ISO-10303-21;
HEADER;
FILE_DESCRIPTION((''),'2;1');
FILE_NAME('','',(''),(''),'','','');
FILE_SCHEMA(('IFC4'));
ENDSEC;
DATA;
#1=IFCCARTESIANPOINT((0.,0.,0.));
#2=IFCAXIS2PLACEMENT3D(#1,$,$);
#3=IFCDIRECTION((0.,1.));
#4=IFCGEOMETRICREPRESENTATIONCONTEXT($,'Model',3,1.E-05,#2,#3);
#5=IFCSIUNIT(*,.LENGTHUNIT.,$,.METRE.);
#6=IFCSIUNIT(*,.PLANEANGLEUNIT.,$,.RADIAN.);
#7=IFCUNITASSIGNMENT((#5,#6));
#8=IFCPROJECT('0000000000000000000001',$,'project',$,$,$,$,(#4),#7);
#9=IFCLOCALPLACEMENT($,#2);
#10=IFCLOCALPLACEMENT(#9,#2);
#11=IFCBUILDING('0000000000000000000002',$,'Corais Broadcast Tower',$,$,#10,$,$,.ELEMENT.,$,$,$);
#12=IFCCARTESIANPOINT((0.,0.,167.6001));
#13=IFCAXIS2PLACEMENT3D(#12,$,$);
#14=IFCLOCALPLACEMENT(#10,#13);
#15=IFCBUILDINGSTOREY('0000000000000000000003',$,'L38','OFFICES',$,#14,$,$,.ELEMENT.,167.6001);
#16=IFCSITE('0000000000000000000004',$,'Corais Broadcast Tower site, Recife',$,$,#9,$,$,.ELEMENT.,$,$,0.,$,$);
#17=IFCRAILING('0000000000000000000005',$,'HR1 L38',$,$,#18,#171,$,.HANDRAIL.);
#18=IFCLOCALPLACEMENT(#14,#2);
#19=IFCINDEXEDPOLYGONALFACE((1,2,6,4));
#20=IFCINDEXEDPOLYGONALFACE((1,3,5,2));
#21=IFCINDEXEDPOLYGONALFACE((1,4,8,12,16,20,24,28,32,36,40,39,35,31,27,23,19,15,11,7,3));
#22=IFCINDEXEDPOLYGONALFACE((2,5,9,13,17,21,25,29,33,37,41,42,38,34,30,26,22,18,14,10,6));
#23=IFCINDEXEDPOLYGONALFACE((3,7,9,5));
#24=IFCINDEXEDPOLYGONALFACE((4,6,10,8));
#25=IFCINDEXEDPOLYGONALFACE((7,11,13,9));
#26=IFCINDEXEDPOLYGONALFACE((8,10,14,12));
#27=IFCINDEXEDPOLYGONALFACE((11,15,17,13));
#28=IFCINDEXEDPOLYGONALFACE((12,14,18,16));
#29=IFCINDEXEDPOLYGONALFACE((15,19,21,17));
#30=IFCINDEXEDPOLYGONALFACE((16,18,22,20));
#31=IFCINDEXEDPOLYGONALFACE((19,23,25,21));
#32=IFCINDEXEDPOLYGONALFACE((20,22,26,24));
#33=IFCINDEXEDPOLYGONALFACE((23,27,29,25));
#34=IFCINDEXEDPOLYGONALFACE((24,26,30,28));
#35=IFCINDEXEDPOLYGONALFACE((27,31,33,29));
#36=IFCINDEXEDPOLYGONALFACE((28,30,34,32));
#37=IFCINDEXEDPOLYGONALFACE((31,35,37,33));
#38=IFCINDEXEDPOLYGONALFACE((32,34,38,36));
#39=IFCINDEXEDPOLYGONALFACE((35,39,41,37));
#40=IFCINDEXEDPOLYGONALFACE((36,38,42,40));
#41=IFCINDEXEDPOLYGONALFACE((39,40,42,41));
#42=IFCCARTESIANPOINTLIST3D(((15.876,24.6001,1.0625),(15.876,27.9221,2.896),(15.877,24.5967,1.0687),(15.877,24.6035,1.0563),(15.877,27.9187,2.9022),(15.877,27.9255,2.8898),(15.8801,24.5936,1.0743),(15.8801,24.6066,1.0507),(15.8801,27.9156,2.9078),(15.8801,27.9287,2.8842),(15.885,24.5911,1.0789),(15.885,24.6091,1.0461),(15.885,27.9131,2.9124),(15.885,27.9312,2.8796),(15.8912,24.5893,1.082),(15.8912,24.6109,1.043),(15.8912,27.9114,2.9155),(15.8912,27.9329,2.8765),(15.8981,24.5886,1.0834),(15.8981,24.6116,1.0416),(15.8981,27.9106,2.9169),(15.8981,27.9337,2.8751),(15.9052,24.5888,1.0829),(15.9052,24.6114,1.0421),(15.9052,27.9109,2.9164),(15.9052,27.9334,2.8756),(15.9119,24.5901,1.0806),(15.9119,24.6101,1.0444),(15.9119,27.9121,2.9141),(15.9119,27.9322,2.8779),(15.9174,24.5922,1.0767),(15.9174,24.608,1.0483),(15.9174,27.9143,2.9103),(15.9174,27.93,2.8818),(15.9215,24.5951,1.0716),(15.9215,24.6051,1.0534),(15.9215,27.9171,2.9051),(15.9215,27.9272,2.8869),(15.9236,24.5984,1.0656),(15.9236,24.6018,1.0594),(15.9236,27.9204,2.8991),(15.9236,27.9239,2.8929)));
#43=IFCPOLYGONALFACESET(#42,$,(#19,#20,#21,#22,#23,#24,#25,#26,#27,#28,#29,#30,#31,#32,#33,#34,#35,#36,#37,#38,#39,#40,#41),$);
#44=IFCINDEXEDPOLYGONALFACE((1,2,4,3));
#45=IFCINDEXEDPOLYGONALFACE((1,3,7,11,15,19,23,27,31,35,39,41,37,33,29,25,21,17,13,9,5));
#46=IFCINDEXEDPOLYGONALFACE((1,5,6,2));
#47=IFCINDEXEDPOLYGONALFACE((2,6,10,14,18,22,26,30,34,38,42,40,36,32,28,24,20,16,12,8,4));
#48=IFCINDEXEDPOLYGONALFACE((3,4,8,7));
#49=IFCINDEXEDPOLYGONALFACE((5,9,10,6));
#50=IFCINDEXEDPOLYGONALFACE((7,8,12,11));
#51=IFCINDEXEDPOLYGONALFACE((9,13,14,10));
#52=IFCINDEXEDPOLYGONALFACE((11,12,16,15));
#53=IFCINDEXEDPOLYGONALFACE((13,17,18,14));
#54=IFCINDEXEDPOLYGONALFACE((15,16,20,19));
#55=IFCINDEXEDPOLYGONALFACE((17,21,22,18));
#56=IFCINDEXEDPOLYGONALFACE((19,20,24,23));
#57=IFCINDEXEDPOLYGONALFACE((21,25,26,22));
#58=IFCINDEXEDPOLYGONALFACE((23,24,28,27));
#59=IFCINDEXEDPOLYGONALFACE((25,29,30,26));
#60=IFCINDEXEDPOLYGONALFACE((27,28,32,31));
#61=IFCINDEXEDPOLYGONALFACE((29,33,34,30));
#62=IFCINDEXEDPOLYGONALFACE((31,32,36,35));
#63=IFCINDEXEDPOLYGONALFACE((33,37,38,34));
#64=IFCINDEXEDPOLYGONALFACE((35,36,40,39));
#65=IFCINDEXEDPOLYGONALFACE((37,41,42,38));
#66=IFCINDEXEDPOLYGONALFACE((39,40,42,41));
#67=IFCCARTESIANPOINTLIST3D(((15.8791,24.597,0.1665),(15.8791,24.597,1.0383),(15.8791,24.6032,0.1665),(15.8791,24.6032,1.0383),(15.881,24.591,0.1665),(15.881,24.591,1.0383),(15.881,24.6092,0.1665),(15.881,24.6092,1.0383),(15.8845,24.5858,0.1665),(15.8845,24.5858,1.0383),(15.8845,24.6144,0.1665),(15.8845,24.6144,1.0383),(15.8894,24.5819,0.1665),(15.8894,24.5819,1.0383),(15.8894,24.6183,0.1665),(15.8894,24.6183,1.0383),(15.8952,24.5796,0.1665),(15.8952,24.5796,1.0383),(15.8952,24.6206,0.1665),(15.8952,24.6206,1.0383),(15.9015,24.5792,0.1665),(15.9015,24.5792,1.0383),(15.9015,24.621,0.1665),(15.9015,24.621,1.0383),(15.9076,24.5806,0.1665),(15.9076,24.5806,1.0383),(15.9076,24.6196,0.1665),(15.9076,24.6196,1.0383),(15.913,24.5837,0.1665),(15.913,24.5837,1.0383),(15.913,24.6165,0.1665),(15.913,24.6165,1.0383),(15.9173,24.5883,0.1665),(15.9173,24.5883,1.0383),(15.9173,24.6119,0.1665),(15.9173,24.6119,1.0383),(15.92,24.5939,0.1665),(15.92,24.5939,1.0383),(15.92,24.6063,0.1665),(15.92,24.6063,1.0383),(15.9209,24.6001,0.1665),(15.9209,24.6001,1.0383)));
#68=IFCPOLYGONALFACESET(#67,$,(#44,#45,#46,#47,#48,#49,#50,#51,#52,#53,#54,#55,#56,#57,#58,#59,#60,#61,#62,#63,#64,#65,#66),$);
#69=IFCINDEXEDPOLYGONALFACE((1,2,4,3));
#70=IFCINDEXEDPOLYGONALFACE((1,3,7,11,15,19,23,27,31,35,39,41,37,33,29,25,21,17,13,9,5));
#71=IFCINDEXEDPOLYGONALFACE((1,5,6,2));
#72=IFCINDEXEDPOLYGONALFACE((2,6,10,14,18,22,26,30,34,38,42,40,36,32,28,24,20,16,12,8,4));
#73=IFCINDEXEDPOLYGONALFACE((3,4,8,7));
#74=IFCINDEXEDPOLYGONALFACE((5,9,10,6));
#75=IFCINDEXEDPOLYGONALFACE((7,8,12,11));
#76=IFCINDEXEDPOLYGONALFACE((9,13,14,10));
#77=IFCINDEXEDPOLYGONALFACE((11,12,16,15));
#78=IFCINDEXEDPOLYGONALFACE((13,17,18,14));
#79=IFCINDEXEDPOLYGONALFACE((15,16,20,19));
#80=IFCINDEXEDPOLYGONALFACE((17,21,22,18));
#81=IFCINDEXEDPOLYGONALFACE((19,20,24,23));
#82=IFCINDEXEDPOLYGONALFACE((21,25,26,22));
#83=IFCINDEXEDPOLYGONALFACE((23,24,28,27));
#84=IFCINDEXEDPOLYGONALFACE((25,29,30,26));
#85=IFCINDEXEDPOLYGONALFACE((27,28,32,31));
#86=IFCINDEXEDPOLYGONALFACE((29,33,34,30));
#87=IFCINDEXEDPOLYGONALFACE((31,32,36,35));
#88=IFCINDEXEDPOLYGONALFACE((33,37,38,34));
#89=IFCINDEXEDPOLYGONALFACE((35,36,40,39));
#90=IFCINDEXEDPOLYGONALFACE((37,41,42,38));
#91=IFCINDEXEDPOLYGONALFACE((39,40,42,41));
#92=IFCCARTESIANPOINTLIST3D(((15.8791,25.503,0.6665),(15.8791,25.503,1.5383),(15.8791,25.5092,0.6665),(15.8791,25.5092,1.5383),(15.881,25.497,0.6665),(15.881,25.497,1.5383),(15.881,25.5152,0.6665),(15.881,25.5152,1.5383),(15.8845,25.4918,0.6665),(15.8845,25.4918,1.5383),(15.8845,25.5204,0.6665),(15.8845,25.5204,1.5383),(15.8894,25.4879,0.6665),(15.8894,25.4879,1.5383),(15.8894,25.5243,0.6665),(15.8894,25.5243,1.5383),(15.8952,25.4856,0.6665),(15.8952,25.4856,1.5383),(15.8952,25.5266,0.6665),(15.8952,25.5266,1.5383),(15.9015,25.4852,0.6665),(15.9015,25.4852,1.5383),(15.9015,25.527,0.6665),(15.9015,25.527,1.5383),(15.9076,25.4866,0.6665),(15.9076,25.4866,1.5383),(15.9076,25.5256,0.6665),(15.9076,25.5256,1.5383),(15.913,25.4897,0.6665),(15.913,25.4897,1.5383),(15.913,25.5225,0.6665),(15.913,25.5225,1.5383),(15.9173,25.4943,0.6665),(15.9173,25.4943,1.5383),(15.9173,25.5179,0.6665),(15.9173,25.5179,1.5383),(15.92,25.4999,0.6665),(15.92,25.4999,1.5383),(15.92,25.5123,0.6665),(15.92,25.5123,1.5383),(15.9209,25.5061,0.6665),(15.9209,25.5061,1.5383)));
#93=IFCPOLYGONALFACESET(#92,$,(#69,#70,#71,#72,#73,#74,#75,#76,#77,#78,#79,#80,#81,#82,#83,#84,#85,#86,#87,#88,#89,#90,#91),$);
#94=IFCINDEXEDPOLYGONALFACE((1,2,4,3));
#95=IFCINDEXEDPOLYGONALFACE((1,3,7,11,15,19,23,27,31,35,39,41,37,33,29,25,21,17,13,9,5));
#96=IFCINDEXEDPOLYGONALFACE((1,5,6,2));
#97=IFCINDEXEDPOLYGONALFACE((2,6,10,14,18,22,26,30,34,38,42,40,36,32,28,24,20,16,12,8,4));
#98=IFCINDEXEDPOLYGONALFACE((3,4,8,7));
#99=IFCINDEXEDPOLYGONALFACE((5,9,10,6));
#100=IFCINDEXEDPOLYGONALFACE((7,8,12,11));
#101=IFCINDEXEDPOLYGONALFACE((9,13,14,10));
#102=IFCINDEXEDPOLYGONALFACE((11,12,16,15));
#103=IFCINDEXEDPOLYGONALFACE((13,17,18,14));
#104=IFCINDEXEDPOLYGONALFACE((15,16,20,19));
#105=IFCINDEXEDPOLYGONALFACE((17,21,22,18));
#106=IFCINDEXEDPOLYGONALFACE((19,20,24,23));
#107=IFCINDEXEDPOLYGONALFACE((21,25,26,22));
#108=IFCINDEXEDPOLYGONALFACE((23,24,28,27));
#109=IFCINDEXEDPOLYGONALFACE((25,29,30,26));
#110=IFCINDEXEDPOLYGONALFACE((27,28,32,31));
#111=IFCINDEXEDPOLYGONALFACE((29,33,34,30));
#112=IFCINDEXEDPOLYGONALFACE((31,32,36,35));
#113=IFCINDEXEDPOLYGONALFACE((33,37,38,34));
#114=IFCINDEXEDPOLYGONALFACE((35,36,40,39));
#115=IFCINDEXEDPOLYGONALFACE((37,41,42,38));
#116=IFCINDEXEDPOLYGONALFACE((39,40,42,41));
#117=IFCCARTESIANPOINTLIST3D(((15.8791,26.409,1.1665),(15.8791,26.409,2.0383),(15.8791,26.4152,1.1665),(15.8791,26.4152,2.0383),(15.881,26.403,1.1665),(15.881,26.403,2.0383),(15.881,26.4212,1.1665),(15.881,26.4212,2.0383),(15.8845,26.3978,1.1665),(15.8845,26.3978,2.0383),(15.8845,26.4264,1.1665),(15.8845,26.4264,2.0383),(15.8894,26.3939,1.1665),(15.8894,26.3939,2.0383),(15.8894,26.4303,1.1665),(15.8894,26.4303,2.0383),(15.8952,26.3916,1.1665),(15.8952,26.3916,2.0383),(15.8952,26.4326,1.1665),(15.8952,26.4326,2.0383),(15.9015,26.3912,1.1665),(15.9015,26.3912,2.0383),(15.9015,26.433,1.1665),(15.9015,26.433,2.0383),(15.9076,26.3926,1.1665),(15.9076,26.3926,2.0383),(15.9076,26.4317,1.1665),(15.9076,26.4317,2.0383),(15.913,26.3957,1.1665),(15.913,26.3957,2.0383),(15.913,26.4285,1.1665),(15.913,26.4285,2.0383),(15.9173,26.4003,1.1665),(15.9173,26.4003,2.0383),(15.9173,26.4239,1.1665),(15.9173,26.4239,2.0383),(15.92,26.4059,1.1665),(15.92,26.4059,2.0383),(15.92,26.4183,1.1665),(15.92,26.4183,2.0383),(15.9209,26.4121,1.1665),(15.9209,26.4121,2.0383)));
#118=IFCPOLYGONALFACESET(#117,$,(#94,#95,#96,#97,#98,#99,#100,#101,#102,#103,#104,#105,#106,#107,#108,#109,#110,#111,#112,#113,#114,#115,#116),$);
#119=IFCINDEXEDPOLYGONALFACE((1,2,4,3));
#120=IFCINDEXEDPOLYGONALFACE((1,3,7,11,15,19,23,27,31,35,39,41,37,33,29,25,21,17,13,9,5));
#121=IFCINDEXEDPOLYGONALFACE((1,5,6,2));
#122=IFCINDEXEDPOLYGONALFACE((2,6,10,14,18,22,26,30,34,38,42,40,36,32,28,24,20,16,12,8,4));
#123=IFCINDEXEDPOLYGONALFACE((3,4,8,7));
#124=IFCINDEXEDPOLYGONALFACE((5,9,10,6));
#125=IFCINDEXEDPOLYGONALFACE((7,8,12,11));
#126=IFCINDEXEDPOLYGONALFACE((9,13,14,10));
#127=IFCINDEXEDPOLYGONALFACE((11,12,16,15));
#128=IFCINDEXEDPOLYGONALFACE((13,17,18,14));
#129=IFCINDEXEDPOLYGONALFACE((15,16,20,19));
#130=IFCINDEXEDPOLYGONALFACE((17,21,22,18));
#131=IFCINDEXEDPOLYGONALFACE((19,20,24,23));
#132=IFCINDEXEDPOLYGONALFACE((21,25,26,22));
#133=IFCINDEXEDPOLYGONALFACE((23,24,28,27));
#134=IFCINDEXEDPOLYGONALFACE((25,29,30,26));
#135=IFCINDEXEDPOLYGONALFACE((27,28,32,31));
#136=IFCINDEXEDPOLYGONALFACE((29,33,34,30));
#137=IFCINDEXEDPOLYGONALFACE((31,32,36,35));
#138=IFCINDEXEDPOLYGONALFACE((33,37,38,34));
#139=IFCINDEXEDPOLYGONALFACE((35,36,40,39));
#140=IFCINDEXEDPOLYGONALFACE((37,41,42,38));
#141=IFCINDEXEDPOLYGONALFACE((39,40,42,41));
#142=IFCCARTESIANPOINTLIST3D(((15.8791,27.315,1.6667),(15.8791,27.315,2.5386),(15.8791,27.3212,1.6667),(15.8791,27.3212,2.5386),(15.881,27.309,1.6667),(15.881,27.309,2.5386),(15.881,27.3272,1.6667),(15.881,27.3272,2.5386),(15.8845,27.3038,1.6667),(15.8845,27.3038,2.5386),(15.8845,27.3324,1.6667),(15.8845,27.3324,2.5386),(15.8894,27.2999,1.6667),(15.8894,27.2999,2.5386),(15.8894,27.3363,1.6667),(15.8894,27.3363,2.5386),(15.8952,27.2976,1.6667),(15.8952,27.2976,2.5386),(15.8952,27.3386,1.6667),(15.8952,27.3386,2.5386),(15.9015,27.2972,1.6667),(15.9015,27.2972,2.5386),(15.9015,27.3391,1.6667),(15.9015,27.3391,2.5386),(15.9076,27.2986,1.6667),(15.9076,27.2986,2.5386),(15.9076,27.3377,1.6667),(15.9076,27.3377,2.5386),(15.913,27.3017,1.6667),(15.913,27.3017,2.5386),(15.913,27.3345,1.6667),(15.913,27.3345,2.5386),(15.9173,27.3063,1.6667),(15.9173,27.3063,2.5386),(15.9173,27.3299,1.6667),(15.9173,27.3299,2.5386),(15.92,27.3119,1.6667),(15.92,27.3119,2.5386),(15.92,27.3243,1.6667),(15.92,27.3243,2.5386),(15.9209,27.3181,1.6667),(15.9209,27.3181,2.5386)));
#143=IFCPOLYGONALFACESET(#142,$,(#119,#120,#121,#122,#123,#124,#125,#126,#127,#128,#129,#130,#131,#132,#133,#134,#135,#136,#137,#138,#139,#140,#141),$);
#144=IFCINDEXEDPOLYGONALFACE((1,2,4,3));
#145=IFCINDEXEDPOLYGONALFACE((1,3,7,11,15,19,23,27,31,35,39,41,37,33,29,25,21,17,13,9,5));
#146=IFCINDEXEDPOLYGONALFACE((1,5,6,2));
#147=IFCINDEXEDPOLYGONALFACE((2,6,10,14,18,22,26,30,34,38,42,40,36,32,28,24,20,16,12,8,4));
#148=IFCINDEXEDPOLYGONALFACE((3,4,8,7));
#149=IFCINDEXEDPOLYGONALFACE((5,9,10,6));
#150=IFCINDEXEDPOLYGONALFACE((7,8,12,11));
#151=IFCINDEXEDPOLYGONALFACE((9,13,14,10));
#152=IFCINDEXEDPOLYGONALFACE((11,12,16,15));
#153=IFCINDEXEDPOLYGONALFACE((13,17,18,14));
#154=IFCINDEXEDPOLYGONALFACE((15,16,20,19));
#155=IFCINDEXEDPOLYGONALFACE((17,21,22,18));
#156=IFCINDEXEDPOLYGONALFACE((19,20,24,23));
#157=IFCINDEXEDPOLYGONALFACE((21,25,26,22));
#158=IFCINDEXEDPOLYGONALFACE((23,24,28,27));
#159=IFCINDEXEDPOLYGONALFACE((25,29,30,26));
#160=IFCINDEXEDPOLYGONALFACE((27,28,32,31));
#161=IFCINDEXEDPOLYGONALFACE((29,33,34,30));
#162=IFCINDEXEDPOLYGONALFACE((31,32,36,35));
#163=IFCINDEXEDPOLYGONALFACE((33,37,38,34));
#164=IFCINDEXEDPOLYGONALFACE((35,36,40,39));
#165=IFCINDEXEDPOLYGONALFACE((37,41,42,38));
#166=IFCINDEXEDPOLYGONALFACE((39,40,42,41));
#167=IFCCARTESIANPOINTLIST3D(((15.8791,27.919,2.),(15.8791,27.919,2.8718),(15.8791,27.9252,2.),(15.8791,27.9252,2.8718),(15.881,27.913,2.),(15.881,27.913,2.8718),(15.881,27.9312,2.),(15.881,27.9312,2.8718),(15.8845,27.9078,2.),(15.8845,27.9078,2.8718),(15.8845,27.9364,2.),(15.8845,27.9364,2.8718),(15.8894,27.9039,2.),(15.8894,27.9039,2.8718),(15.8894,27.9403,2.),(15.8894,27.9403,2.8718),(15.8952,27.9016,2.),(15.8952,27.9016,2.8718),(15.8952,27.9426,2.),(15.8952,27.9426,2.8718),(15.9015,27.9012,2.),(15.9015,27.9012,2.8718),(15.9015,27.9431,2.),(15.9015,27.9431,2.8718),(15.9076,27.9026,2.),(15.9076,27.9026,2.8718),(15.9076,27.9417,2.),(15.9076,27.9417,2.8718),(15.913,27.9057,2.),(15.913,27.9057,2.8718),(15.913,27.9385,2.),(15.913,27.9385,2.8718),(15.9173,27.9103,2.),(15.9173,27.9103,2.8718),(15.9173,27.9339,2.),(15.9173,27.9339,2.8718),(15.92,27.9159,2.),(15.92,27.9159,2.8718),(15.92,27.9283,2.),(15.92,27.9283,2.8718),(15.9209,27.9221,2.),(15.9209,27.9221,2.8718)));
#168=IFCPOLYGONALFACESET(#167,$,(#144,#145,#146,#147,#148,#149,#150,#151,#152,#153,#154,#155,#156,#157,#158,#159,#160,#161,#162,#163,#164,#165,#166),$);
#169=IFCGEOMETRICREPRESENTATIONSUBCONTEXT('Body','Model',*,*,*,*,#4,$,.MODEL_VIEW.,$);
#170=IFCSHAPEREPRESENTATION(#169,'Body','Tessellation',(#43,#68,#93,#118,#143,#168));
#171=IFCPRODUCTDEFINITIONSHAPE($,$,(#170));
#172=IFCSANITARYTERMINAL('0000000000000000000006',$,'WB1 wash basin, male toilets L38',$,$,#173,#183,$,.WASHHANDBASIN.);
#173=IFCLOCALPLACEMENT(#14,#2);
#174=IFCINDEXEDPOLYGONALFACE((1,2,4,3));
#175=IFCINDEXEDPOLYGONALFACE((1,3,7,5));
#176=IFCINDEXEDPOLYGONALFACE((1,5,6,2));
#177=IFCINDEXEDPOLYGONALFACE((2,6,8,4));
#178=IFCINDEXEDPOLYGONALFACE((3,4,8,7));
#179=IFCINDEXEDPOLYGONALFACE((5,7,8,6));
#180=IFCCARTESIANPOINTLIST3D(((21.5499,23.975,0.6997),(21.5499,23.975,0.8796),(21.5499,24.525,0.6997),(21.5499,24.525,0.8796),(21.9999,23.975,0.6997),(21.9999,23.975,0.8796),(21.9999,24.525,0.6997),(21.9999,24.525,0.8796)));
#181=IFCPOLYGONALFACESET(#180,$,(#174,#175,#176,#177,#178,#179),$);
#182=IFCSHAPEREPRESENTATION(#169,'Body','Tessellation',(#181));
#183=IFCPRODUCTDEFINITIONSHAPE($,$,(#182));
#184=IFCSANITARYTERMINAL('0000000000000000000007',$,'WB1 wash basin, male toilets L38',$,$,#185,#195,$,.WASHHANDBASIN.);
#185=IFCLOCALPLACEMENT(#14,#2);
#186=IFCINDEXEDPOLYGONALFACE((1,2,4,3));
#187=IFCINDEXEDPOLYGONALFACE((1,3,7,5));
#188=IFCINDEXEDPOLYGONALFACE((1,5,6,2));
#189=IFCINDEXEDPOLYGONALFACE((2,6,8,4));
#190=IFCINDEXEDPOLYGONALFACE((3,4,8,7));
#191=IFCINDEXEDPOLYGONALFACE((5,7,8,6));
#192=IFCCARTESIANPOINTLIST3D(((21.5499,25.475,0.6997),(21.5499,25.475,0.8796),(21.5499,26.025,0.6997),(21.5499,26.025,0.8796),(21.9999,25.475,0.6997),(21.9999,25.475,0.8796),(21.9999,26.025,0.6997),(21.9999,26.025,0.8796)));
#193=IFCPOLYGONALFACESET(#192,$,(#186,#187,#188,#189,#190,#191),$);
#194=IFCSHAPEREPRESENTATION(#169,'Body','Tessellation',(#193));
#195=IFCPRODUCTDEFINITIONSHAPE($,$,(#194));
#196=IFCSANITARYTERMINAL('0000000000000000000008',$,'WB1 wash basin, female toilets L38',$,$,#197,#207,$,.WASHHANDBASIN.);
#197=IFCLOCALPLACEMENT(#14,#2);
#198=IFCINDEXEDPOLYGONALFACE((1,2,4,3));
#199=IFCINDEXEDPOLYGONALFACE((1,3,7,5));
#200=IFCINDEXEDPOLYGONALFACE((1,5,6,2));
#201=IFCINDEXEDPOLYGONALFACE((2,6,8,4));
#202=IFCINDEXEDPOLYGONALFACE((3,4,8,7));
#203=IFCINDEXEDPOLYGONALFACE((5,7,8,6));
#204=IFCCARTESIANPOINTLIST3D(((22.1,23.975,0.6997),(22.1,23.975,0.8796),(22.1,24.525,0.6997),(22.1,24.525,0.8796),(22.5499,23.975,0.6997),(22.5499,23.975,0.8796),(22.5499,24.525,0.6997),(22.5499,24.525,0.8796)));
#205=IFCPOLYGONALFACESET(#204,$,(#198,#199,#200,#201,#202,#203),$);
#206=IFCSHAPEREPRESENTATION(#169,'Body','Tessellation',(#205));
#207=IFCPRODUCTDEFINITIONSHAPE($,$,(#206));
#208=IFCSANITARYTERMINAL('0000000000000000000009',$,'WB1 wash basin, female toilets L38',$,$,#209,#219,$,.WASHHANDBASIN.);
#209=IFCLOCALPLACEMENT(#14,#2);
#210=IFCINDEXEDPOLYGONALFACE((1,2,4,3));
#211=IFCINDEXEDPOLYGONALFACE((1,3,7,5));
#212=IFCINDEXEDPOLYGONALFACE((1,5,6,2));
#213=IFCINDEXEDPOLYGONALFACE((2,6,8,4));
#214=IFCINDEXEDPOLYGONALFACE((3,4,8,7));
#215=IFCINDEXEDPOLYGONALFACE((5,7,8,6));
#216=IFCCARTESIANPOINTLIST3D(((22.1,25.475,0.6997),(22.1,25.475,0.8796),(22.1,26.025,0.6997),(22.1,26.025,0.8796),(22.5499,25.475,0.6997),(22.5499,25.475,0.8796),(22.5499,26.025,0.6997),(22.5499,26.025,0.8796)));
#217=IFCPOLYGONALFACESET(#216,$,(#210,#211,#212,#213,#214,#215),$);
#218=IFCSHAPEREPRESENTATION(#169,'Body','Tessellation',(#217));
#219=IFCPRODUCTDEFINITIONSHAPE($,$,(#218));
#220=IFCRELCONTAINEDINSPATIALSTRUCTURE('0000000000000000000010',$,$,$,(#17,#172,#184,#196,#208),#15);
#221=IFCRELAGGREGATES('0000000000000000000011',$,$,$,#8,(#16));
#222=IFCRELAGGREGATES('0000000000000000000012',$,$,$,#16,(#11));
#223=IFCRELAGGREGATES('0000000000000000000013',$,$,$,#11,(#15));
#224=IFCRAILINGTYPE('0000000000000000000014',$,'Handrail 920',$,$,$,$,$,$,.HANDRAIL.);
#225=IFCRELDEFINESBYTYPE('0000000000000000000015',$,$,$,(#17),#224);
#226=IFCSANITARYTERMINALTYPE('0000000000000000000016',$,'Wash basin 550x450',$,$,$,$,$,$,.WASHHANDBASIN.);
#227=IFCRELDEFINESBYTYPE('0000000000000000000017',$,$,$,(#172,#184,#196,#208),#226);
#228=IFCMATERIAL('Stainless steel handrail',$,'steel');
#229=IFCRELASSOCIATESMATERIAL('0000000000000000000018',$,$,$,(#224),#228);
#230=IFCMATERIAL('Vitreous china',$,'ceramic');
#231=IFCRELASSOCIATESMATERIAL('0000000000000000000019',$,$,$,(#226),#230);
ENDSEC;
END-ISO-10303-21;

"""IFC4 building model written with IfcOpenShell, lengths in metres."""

from ifc_helpers import new_model, si_unit, direction, frame, origin, origin_2d, place, context, subcontext, project, spatial, rectangle, circle, extrude, material, type_object, element, save


model = new_model("IFC4")

# Units and contexts
model_context = context("Model", 3, precision=1e-05, world=origin(), true_north=direction((0.0, 1.0)))
body_context = subcontext(model_context, "Body", "Model", "MODEL_VIEW")
ifc_project = project(units=[si_unit("LENGTHUNIT", "METRE"), si_unit("PLANEANGLEUNIT", "RADIAN")], contexts=[model_context])

# Site, building, storey
site_placement = place(None, origin())
site = spatial("IfcSite", under=ifc_project, at=site_placement, Name="Corais Broadcast Tower site, Recife", CompositionType="ELEMENT", RefElevation=0.0)
building_placement = place(site_placement, origin())
building = spatial("IfcBuilding", under=site, at=building_placement, Name="Corais Broadcast Tower", CompositionType="ELEMENT")
storey_placement = place(building_placement, frame((0.0, 0.0, 167.6001)))
storey = spatial("IfcBuildingStorey", under=building, at=storey_placement, Name="L38", Description="OFFICES", CompositionType="ELEMENT", Elevation=167.6001)

# Railing
ifc_material_1 = material(Name="Stainless steel handrail", Category="steel")
railing_type = type_object("IfcRailingType", Name="Handrail 920", PredefinedType="HANDRAIL", material=ifc_material_1)
for number, where, name in (
    (1, (15.8999, 24.6001, 0.1665), "HR1 L38"),
):
    element("IfcRailing", number, at=place(storey_placement, frame(where)), inside=storey, type_object=railing_type, Name=name, PredefinedType="HANDRAIL", context=body_context, shape_type="SweptSolid", body=[
        extrude(circle(Radius=0.0239, at=origin_2d()), frame((0.0, 0.0, 0.896), z_axis=(0.0, 0.875504, 0.48321), x_axis=(-1.0, 0.0, 0.0)), (0.0, 0.0, 1.0), 3.7944),
        extrude(circle(Radius=0.021, at=origin_2d()), origin(), (0.0, 0.0, 1.0), 0.8718),
        extrude(circle(Radius=0.021, at=origin_2d()), frame((0.0, 0.906, 0.5)), (0.0, 0.0, 1.0), 0.8718),
        extrude(circle(Radius=0.021, at=origin_2d()), frame((0.0, 1.812, 1.0)), (0.0, 0.0, 1.0), 0.8718),
        extrude(circle(Radius=0.021, at=origin_2d()), frame((0.0, 2.718, 1.5002)), (0.0, 0.0, 1.0), 0.8718),
        extrude(circle(Radius=0.021, at=origin_2d()), frame((0.0, 3.322, 1.8335)), (0.0, 0.0, 1.0), 0.8718),
    ])

# Sanitary terminals
ifc_material_2 = material(Name="Vitreous china", Category="ceramic")
sanitary_terminal_type = type_object("IfcSanitaryTerminalType", Name="Wash basin 550x450", PredefinedType="WASHHANDBASIN", material=ifc_material_2)
for number, where, z_axis, x_axis, name in (
    (2, (21.7749, 24.25, 0.6997), (0.0, 0.0, 1.0), (1.0, 0.0, 0.0), "WB1 wash basin, male toilets L38"),
    (3, (21.7749, 25.75, 0.6997), (0.0, 0.0, 1.0), (1.0, 0.0, 0.0), "WB1 wash basin, male toilets L38"),
    (4, (22.325, 24.25, 0.6997), (0.0, 0.0, 1.0), (1.0, 0.0, 0.0), "WB1 wash basin, female toilets L38"),
    (5, (22.325, 25.75, 0.6997), (0.0, 0.0, 1.0), (1.0, 0.0, 0.0), "WB1 wash basin, female toilets L38"),
):
    element("IfcSanitaryTerminal", number, at=place(storey_placement, frame(where, z_axis=z_axis, x_axis=x_axis)), inside=storey, type_object=sanitary_terminal_type, Name=name, PredefinedType="WASHHANDBASIN", context=body_context, shape_type="SweptSolid", body=[
        extrude(rectangle(XDim=0.45, YDim=0.55, at=origin_2d()), origin(), (0.0, 0.0, 1.0), 0.1799),
    ])

save(model, "model.ifc")
